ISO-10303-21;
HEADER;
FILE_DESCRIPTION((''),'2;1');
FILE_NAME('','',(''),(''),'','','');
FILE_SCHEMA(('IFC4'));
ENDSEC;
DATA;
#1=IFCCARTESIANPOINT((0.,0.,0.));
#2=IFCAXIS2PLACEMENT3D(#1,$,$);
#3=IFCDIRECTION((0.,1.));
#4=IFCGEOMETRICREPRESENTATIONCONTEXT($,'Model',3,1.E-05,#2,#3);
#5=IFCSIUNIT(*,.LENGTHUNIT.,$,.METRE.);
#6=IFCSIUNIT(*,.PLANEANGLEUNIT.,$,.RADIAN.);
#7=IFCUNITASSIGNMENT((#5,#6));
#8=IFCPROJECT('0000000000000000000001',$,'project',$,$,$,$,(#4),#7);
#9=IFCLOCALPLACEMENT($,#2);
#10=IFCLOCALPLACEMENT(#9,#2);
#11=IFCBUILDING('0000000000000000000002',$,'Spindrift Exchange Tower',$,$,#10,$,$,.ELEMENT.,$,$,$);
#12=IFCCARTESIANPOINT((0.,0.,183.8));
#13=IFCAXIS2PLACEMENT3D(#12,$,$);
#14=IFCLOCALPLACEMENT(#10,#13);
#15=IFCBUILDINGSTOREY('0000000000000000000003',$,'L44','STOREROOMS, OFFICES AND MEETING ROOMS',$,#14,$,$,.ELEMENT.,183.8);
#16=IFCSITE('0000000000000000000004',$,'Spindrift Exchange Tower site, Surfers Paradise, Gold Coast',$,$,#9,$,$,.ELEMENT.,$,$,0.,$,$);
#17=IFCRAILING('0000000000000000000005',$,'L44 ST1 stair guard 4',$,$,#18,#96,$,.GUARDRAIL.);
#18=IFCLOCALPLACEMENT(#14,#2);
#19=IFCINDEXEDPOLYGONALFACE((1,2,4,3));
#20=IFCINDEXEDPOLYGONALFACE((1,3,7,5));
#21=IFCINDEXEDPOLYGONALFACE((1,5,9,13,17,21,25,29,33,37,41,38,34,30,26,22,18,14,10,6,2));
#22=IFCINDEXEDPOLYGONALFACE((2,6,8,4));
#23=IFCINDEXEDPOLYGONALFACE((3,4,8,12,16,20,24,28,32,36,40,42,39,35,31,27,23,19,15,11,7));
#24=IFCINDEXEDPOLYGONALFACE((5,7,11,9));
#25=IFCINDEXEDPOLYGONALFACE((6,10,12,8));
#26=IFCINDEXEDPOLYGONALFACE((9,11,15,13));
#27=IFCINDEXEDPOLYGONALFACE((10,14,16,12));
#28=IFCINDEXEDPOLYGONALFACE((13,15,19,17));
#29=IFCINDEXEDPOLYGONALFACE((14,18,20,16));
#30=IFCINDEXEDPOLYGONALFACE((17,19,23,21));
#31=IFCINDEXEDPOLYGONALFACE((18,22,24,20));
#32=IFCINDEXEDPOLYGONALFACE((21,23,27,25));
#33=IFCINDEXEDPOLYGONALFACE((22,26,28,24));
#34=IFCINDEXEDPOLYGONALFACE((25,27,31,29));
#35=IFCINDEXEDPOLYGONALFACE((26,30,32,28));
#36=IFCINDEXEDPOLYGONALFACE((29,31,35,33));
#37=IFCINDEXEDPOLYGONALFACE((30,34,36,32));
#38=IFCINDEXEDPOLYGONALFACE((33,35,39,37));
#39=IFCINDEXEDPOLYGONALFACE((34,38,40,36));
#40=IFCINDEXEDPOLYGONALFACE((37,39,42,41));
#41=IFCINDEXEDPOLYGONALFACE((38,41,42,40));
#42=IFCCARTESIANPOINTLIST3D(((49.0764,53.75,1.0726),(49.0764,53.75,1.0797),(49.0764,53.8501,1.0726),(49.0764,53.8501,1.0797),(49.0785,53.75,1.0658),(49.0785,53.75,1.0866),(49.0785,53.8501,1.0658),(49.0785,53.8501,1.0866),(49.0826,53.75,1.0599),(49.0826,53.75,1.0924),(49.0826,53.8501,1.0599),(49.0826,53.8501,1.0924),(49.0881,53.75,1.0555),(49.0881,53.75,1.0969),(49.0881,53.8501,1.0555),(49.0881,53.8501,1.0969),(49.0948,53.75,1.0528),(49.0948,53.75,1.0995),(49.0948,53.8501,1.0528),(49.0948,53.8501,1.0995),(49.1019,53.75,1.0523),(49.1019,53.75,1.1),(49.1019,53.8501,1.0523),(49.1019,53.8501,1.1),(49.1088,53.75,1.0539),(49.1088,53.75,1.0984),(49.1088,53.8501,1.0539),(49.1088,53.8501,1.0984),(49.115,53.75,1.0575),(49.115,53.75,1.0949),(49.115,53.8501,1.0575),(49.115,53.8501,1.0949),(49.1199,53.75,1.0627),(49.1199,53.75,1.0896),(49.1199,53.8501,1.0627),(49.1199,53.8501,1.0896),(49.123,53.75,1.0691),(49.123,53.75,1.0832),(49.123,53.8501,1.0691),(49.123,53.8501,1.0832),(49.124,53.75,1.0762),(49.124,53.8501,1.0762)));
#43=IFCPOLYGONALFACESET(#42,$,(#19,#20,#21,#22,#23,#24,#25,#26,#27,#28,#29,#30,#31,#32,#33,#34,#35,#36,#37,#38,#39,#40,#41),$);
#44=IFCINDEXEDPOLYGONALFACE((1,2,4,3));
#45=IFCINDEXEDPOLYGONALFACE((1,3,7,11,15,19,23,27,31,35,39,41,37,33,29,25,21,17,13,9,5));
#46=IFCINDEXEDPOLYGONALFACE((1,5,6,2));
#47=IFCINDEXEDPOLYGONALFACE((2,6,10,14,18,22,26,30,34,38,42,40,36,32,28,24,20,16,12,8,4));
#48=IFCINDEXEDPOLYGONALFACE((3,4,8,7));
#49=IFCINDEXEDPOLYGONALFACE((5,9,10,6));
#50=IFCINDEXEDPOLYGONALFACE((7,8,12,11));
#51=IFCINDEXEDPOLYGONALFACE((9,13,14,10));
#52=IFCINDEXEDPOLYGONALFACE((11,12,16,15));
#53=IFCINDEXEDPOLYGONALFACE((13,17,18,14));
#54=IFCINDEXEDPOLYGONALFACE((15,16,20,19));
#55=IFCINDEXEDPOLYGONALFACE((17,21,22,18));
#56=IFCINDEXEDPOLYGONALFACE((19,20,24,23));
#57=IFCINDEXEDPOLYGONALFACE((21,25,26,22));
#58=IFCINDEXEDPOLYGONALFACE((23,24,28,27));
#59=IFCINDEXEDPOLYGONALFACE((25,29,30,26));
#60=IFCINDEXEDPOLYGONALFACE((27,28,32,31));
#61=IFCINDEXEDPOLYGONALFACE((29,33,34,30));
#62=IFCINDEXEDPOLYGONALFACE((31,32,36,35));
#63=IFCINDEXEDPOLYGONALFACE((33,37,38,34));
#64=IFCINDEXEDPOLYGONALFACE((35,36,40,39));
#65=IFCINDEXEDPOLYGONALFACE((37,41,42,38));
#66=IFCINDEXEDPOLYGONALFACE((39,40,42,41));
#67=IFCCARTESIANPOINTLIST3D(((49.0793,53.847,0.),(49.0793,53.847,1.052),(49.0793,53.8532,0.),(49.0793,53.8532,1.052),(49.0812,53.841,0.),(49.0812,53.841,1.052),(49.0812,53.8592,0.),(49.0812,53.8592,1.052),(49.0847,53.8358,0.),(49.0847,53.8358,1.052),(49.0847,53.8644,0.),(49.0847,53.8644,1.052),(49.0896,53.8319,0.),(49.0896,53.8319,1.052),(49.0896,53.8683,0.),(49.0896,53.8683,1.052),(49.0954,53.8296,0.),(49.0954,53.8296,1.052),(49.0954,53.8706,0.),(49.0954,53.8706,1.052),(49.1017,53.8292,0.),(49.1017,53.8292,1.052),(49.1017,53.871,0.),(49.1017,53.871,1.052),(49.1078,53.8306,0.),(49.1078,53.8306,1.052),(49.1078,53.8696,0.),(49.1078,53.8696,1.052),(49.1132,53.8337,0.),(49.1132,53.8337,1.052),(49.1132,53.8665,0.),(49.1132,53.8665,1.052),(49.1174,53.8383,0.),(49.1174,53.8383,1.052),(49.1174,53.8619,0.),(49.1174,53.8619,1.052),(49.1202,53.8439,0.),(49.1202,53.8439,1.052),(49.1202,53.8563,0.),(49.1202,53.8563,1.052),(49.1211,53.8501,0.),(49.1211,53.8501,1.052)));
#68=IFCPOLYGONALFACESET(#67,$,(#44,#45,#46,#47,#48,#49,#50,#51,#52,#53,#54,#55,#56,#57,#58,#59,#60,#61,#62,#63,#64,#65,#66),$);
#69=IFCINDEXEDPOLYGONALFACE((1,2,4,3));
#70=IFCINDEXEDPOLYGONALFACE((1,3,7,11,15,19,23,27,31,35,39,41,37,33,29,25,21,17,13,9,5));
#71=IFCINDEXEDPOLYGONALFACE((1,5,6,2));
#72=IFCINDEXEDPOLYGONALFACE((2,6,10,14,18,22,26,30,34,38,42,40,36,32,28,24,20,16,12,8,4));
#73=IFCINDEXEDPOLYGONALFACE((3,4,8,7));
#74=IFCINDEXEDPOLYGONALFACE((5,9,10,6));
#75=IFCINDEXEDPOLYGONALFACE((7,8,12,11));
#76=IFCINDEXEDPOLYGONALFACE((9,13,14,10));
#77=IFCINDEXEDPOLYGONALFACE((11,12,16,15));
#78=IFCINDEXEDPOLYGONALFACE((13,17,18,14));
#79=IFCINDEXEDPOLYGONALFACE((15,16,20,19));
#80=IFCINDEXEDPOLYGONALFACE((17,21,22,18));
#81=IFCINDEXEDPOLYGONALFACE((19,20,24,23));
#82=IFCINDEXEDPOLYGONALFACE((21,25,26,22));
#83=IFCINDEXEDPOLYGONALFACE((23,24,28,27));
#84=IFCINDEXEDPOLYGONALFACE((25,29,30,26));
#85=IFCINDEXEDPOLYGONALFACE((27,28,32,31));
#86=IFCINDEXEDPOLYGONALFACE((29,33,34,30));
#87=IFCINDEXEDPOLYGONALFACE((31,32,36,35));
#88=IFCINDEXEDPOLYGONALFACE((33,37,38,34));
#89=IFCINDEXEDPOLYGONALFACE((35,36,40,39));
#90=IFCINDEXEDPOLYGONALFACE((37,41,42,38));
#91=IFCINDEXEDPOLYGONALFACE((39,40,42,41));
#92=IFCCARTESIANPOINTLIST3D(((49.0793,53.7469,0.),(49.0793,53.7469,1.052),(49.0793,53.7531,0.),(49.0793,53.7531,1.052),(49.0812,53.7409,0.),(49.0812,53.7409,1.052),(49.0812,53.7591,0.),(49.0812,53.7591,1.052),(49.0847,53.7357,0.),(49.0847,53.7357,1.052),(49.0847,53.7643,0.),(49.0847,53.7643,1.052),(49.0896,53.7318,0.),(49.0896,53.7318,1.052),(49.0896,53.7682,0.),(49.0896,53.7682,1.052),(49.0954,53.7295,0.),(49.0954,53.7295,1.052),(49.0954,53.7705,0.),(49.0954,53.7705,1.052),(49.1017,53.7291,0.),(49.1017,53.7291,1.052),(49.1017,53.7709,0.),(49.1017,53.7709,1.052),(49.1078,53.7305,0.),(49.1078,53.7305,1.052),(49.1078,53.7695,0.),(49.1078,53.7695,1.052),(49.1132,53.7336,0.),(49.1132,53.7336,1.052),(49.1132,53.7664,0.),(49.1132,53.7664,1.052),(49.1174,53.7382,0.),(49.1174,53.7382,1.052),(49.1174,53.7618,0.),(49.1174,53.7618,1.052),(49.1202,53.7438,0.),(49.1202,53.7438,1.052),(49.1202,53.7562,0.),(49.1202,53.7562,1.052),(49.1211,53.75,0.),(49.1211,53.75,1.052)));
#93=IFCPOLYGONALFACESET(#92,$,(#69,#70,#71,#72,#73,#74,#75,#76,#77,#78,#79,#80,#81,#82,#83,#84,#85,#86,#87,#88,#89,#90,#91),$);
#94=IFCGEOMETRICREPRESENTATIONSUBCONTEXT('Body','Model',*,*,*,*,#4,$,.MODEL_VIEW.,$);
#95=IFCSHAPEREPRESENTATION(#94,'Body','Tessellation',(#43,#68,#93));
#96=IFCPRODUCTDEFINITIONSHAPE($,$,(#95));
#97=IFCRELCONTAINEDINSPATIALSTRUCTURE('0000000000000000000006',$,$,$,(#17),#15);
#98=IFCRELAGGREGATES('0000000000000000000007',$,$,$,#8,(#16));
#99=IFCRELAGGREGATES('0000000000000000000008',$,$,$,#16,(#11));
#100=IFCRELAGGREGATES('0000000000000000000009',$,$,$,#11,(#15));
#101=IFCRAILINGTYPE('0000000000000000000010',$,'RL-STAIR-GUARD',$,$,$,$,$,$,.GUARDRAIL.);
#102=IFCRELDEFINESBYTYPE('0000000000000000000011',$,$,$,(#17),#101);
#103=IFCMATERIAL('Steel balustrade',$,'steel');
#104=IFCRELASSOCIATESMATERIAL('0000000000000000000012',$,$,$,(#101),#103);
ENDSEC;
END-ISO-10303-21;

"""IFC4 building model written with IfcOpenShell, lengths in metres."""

from ifc_helpers import new_model, si_unit, direction, frame, origin, origin_2d, place, context, subcontext, project, spatial, circle, extrude, material, type_object, element, save


model = new_model("IFC4")

# Units and contexts
model_context = context("Model", 3, precision=1e-05, world=origin(), true_north=direction((0.0, 1.0)))
body_context = subcontext(model_context, "Body", "Model", "MODEL_VIEW")
ifc_project = project(units=[si_unit("LENGTHUNIT", "METRE"), si_unit("PLANEANGLEUNIT", "RADIAN")], contexts=[model_context])

# Site, building, storey
site_placement = place(None, origin())
site = spatial("IfcSite", under=ifc_project, at=site_placement, Name="Spindrift Exchange Tower site, Surfers Paradise, Gold Coast", CompositionType="ELEMENT", RefElevation=0.0)
building_placement = place(site_placement, origin())
building = spatial("IfcBuilding", under=site, at=building_placement, Name="Spindrift Exchange Tower", CompositionType="ELEMENT")
storey_placement = place(building_placement, frame((0.0, 0.0, 183.8)))
storey = spatial("IfcBuildingStorey", under=building, at=storey_placement, Name="L44", Description="STOREROOMS, OFFICES AND MEETING ROOMS", CompositionType="ELEMENT", Elevation=183.8)

# Railing
ifc_material_1 = material(Name="Steel balustrade", Category="steel")
railing_type_1 = type_object("IfcRailingType", Name="RL-STAIR-GUARD", PredefinedType="GUARDRAIL", material=ifc_material_1)
railing_1_placement = place(storey_placement, frame((49.1001, 53.8501, 0.0)))
element("IfcRailing", 1, at=railing_1_placement, inside=storey, type_object=railing_type_1, Name="L44 ST1 stair guard 4", PredefinedType="GUARDRAIL", context=body_context, shape_type="SweptSolid", body=[
    extrude(circle(Radius=0.0239, at=origin_2d()), frame((0.0, 0.0, 1.0762), z_axis=(0.0, -1.0, 0.0), x_axis=(1.0, 0.0, 0.0)), (0.0, 0.0, 1.0), 0.1001),
    extrude(circle(Radius=0.021, at=origin_2d()), origin(), (0.0, 0.0, 1.0), 1.052),
    extrude(circle(Radius=0.021, at=origin_2d()), frame((0.0, -0.1001, 0.0)), (0.0, 0.0, 1.0), 1.052),
])

save(model, "model.ifc")
